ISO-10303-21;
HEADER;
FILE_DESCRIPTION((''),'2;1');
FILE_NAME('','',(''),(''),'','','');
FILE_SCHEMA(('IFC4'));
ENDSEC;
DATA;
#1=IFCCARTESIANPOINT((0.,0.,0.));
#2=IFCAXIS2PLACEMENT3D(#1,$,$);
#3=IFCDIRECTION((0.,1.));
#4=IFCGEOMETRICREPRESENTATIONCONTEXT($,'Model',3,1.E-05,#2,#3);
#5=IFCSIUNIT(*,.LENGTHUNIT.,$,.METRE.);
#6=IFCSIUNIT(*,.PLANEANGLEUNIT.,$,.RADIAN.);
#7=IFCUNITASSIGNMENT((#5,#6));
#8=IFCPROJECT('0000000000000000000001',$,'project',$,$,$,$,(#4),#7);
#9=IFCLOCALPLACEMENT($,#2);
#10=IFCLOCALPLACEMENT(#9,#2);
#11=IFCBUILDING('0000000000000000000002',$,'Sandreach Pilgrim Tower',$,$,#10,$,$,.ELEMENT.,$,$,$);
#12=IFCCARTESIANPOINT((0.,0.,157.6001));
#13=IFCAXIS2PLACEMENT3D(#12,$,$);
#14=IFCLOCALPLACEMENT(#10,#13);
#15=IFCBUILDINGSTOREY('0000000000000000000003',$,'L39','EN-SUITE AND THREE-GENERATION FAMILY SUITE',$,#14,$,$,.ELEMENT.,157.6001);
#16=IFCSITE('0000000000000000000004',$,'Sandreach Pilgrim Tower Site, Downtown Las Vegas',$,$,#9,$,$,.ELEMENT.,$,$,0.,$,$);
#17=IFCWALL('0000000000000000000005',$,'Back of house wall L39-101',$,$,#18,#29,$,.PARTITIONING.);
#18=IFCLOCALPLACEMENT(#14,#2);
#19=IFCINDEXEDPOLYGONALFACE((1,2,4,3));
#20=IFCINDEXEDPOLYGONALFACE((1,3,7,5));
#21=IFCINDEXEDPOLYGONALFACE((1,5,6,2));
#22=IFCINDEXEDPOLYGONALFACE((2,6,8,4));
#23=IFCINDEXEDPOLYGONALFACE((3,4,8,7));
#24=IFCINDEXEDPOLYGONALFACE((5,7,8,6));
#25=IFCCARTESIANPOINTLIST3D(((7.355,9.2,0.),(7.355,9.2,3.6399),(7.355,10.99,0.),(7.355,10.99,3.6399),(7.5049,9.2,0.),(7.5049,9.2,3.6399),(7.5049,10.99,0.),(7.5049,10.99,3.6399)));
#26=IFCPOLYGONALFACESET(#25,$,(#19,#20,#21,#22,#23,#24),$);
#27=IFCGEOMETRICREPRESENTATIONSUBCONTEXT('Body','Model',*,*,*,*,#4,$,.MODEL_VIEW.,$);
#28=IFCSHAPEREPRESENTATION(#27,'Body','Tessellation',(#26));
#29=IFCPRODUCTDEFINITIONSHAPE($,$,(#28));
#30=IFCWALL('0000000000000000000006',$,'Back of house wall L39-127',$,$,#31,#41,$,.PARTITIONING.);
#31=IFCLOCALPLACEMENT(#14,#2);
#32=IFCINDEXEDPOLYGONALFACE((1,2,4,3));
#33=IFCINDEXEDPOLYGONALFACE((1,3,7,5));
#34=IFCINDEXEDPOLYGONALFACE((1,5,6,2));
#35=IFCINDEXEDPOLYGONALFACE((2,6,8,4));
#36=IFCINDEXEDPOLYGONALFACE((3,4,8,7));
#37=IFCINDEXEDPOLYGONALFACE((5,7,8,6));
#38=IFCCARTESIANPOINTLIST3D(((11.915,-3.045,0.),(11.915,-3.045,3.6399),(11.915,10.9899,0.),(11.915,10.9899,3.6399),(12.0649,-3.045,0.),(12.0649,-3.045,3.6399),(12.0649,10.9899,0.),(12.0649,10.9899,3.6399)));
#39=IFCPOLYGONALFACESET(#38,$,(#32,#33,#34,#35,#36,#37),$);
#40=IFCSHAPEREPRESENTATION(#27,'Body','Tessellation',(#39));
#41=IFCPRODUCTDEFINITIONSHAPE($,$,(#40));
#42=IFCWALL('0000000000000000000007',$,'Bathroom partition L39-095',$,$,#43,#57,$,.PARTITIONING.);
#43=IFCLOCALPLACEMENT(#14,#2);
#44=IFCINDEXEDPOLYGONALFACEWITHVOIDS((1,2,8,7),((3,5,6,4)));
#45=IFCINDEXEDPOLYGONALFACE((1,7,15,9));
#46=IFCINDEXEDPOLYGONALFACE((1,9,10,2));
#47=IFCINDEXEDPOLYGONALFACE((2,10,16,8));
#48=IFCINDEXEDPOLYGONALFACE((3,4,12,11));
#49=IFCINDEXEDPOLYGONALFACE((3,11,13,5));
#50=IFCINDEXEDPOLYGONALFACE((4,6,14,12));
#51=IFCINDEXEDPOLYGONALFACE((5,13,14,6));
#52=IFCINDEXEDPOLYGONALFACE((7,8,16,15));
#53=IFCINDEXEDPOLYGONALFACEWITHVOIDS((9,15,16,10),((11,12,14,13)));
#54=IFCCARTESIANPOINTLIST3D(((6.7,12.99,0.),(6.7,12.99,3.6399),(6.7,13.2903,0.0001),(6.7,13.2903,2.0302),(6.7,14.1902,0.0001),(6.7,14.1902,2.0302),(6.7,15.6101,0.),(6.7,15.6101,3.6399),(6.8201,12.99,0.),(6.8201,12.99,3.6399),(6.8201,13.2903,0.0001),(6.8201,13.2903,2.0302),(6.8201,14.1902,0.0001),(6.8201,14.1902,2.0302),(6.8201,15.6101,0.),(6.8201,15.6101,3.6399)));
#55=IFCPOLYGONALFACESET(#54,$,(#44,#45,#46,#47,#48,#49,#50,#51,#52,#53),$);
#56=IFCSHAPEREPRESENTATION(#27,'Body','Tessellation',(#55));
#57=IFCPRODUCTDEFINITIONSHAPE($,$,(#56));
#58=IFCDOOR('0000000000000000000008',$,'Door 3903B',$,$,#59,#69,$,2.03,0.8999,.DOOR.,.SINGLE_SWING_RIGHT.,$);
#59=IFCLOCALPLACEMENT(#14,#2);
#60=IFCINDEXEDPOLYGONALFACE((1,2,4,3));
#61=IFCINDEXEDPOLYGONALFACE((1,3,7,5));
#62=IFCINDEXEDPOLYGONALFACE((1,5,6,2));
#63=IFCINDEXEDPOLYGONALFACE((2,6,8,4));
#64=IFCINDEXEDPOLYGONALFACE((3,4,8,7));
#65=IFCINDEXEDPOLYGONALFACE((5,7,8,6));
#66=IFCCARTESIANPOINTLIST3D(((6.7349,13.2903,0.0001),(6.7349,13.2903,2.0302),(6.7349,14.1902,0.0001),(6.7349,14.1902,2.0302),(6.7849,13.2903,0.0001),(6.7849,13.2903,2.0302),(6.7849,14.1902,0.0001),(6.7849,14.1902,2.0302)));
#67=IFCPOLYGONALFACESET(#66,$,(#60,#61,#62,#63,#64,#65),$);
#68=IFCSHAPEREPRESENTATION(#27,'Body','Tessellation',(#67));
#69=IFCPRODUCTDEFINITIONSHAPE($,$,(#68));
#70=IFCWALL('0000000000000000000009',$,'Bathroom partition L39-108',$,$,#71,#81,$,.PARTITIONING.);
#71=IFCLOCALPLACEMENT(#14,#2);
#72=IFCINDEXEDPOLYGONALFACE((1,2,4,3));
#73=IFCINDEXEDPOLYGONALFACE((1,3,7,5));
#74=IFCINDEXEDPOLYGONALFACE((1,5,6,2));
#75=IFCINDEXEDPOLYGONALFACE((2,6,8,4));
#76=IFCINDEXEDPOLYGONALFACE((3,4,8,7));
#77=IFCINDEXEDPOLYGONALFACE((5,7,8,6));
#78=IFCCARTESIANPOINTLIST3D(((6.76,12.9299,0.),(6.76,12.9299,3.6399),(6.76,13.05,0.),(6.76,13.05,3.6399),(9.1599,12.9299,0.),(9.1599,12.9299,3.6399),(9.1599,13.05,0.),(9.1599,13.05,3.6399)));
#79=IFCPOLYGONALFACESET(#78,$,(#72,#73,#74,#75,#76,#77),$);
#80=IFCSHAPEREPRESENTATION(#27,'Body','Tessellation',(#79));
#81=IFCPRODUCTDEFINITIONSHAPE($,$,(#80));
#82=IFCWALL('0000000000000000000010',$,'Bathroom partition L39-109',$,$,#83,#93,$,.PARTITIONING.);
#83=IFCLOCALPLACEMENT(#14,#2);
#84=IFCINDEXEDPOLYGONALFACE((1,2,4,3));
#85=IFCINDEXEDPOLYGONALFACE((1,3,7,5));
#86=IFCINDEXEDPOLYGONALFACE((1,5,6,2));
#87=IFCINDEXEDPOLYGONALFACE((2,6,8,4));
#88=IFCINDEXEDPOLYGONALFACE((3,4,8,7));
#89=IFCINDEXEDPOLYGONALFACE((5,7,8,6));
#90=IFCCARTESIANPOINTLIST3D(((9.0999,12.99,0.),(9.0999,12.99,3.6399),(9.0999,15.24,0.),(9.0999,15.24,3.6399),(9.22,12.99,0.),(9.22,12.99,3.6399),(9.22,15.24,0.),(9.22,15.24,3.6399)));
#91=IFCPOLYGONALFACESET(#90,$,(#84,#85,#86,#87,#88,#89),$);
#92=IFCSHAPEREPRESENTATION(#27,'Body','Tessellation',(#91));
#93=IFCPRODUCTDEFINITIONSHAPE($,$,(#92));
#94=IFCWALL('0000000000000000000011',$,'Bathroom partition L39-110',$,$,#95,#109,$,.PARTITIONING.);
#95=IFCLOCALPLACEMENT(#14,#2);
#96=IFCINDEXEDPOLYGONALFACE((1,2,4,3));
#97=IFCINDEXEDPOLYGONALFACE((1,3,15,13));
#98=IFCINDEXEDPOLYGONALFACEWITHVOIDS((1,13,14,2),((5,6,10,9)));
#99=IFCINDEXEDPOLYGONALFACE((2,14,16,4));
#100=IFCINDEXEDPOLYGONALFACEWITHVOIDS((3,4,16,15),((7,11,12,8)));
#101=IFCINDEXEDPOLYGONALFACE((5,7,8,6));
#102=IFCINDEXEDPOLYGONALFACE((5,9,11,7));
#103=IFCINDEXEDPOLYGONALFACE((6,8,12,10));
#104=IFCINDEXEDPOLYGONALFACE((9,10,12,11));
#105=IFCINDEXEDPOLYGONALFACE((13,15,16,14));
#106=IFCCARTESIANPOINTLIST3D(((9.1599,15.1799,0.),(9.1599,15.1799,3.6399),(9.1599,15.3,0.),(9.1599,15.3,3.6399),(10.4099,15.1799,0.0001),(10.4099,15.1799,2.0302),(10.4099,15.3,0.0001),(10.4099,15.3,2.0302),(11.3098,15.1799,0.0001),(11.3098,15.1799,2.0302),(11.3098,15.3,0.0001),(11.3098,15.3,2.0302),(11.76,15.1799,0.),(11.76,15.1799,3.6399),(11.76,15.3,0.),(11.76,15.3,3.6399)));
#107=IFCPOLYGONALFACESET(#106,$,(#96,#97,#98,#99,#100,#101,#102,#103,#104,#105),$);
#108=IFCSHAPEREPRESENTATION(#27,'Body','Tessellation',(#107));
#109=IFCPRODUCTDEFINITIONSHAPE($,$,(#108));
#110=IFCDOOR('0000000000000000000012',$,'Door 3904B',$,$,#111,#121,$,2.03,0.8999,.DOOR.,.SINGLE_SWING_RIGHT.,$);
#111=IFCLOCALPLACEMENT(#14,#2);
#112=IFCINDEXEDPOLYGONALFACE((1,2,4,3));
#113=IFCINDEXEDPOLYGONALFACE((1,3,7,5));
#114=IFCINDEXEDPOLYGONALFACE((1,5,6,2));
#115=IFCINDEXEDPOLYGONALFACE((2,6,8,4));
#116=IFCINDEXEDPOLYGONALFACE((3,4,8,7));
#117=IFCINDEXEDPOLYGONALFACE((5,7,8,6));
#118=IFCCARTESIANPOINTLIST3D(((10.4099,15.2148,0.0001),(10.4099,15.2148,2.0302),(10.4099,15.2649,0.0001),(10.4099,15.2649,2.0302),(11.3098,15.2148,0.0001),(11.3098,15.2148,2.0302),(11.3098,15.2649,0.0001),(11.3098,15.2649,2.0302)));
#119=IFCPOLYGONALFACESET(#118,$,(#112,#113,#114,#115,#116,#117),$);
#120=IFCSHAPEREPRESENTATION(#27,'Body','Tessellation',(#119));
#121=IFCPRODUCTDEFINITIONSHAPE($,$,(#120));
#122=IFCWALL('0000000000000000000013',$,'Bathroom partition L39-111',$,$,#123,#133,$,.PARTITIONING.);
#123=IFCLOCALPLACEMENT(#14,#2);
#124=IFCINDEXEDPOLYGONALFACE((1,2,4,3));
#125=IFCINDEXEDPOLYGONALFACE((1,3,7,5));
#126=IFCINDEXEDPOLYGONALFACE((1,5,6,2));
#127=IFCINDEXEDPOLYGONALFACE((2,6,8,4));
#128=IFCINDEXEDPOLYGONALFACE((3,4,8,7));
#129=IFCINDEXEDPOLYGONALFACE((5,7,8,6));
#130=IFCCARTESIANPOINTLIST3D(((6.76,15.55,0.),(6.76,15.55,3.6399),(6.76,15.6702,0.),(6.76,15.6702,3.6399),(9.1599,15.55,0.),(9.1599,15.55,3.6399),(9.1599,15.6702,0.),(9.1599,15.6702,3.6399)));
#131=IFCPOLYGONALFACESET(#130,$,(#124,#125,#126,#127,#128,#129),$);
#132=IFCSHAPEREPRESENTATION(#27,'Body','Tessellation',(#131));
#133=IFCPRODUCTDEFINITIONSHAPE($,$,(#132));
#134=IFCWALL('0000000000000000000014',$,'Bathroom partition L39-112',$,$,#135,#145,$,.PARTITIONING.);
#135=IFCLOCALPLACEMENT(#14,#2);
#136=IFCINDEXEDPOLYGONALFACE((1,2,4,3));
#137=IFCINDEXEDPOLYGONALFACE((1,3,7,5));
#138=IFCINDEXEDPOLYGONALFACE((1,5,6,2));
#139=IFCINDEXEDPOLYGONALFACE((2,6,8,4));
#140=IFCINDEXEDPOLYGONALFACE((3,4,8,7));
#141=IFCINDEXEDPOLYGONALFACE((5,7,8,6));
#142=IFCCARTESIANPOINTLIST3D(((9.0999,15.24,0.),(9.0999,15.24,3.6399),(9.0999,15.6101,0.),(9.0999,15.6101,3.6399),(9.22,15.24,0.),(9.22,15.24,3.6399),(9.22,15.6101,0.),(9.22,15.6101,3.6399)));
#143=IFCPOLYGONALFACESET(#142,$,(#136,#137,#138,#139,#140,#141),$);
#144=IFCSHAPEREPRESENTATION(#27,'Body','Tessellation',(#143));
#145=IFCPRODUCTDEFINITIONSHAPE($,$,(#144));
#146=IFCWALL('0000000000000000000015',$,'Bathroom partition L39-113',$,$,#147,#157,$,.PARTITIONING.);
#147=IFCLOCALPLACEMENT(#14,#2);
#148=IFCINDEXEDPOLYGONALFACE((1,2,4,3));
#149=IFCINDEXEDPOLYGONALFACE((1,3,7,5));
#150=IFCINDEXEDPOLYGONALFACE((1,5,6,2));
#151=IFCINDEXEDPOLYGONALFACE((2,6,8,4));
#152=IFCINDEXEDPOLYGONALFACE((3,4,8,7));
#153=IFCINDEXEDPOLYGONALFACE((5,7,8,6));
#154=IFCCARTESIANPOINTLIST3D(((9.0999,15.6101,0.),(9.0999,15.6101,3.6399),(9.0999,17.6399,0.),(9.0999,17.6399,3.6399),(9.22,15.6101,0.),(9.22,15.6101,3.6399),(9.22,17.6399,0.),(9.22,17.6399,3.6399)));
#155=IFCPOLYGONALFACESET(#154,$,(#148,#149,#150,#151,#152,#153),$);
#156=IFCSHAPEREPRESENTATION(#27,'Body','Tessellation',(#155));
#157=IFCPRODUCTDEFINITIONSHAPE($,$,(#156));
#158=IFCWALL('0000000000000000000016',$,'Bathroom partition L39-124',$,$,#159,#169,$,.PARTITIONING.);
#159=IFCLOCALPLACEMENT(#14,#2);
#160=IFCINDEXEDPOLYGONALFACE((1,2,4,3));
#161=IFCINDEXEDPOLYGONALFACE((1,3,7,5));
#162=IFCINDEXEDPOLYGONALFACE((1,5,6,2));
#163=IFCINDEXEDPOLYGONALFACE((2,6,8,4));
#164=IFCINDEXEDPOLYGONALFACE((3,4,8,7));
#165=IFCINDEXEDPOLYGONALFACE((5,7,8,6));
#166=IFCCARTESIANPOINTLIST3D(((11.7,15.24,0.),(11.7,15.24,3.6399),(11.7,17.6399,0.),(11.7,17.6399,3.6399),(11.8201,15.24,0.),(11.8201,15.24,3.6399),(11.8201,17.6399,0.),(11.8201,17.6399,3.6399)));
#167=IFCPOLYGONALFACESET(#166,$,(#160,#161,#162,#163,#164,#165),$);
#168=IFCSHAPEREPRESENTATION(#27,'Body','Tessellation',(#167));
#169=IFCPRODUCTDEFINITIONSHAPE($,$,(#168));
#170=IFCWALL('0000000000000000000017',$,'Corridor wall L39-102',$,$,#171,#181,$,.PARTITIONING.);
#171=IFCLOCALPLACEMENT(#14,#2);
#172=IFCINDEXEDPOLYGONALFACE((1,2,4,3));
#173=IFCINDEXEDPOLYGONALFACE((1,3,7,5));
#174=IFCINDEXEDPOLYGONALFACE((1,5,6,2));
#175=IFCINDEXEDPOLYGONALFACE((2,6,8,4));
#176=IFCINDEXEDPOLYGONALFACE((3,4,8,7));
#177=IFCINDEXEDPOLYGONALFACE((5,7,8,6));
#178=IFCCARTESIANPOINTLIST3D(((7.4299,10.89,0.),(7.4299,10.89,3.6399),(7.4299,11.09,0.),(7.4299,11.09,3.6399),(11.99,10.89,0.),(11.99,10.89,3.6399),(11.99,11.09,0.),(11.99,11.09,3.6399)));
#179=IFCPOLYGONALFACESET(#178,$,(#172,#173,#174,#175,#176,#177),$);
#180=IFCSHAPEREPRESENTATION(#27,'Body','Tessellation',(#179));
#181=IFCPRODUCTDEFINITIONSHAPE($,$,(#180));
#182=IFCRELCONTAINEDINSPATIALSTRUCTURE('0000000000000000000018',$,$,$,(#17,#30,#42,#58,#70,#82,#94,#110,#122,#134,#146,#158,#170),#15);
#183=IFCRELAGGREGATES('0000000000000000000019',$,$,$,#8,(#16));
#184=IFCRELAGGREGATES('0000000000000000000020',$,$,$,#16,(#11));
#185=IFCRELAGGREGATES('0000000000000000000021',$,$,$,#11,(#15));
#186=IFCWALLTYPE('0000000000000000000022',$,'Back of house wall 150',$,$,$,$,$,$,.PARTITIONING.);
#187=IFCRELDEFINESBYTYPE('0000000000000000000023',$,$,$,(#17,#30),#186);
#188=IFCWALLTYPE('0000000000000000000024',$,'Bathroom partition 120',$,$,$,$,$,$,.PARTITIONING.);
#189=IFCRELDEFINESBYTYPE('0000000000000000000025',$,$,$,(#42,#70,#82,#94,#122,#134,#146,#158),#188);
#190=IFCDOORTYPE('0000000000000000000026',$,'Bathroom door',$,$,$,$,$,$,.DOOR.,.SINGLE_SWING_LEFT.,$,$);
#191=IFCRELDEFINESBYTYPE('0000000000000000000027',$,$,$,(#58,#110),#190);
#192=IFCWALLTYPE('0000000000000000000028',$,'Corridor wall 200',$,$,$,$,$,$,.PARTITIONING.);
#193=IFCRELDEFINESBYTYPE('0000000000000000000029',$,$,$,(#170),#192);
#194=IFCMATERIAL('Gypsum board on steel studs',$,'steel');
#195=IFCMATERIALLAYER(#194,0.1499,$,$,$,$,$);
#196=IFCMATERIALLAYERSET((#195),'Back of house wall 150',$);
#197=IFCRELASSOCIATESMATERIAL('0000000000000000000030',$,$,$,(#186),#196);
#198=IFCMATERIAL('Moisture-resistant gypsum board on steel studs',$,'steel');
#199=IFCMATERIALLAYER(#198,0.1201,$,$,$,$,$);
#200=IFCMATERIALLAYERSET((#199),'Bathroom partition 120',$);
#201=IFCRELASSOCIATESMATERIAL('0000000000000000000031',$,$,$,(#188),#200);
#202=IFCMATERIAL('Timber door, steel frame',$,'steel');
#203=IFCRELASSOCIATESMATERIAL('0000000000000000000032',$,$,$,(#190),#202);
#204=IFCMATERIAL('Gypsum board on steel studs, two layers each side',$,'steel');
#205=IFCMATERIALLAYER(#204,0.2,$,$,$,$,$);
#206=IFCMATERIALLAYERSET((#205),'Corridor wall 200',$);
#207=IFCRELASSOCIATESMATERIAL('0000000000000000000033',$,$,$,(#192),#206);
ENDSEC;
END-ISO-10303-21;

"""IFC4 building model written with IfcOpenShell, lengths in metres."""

from ifc_helpers import new_model, si_unit, direction, frame, frame_2d, origin, place, context, subcontext, project, spatial, rectangle, extrude, material, layer, layer_set, type_object, element, fill, save


model = new_model("IFC4")

# Units and contexts
model_context = context("Model", 3, precision=1e-05, world=origin(), true_north=direction((0.0, 1.0)))
body_context = subcontext(model_context, "Body", "Model", "MODEL_VIEW")
ifc_project = project(units=[si_unit("LENGTHUNIT", "METRE"), si_unit("PLANEANGLEUNIT", "RADIAN")], contexts=[model_context])

# Site, building, storey
site_placement = place(None, origin())
site = spatial("IfcSite", under=ifc_project, at=site_placement, Name="Sandreach Pilgrim Tower Site, Downtown Las Vegas", CompositionType="ELEMENT", RefElevation=0.0)
building_placement = place(site_placement, origin())
building = spatial("IfcBuilding", under=site, at=building_placement, Name="Sandreach Pilgrim Tower", CompositionType="ELEMENT")
storey_placement = place(building_placement, frame((0.0, 0.0, 157.6001)))
storey = spatial("IfcBuildingStorey", under=building, at=storey_placement, Name="L39", Description="EN-SUITE AND THREE-GENERATION FAMILY SUITE", CompositionType="ELEMENT", Elevation=157.6001)

# Walls
ifc_material_1 = material(Name="Gypsum board on steel studs", Category="steel")
ifc_layer_1 = layer(ifc_material_1, 0.1499)
ifc_layer_set_1 = layer_set([ifc_layer_1], Name="Back of house wall 150")
wall_type_1 = type_object("IfcWallType", Name="Back of house wall 150", PredefinedType="PARTITIONING", material=ifc_layer_set_1)
wall_1_placement = place(storey_placement, frame((7.4299, 10.99, 0.0), z_axis=(0.0, 0.0, 1.0), x_axis=(0.0, -1.0, 0.0)))
element("IfcWall", 1, at=wall_1_placement, inside=storey, type_object=wall_type_1, Name="Back of house wall L39-101", PredefinedType="PARTITIONING", context=body_context, shape_type="SweptSolid", body=[
    extrude(rectangle(XDim=1.79, YDim=0.1499, at=frame_2d((0.895, 0.0))), origin(), (0.0, 0.0, 1.0), 3.6399),
])
wall_2_placement = place(storey_placement, frame((11.99, 10.99, 0.0), z_axis=(0.0, 0.0, 1.0), x_axis=(0.0, -1.0, 0.0)))
element("IfcWall", 2, at=wall_2_placement, inside=storey, type_object=wall_type_1, Name="Back of house wall L39-127", PredefinedType="PARTITIONING", context=body_context, shape_type="SweptSolid", body=[
    extrude(rectangle(XDim=14.0349, YDim=0.1499, at=frame_2d((7.0176, 0.0))), origin(), (0.0, 0.0, 1.0), 3.6399),
])

# Wall, opening, door
ifc_material_2 = material(Name="Moisture-resistant gypsum board on steel studs", Category="steel")
ifc_layer_2 = layer(ifc_material_2, 0.1201)
ifc_layer_set_2 = layer_set([ifc_layer_2], Name="Bathroom partition 120")
wall_type_2 = type_object("IfcWallType", Name="Bathroom partition 120", PredefinedType="PARTITIONING", material=ifc_layer_set_2)
wall_3_placement = place(storey_placement, frame((6.76, 15.6101, 0.0), z_axis=(0.0, 0.0, 1.0), x_axis=(0.0, -1.0, 0.0)))
wall_3 = element("IfcWall", 3, at=wall_3_placement, inside=storey, type_object=wall_type_2, Name="Bathroom partition L39-095", PredefinedType="PARTITIONING", context=body_context, shape_type="SweptSolid", body=[
    extrude(rectangle(XDim=2.6201, YDim=0.1201, at=frame_2d((1.3101, 0.0))), origin(), (0.0, 0.0, 1.0), 3.6399),
])
opening_1_placement = place(wall_3_placement, frame((1.4199, 0.0, 0.0)))
opening_1 = element("IfcOpeningElement", 4, at=opening_1_placement, cuts=wall_3, PredefinedType="OPENING", context=body_context, shape_type="SweptSolid", body=[
    extrude(rectangle(XDim=0.8999, YDim=2.03, at=frame_2d((0.45, 1.0151))), frame((0.0, 0.0601, 0.0), z_axis=(0.0, -1.0, 0.0), x_axis=(1.0, 0.0, 0.0)), (0.0, 0.0, 1.0), 0.1201),
])
ifc_material_3 = material(Name="Timber door, steel frame", Category="steel")
door_type_1 = type_object("IfcDoorType", Name="Bathroom door", OperationType="SINGLE_SWING_LEFT", PredefinedType="DOOR", material=ifc_material_3)
door_1_placement = place(opening_1_placement, origin())
door_1 = element("IfcDoor", 5, at=door_1_placement, inside=storey, type_object=door_type_1, Name="Door 3903B", OperationType="SINGLE_SWING_RIGHT", OverallHeight=2.03, OverallWidth=0.8999, PredefinedType="DOOR", context=body_context, shape_type="SweptSolid", body=[
    extrude(rectangle(XDim=0.8999, YDim=2.03, at=frame_2d((0.45, 1.0151))), frame((0.0, 0.0249, 0.0), z_axis=(0.0, -1.0, 0.0), x_axis=(1.0, 0.0, 0.0)), (0.0, 0.0, 1.0), 0.05),
])
fill(opening_1, door_1)

# Walls
wall_4_placement = place(storey_placement, frame((9.1599, 12.99, 0.0), z_axis=(0.0, 0.0, 1.0), x_axis=(-1.0, 0.0, 0.0)))
element("IfcWall", 6, at=wall_4_placement, inside=storey, type_object=wall_type_2, Name="Bathroom partition L39-108", PredefinedType="PARTITIONING", context=body_context, shape_type="SweptSolid", body=[
    extrude(rectangle(XDim=2.3999, YDim=0.1201, at=frame_2d((1.2, 0.0))), origin(), (0.0, 0.0, 1.0), 3.6399),
])
wall_5_placement = place(storey_placement, frame((9.1599, 15.24, 0.0), z_axis=(0.0, 0.0, 1.0), x_axis=(0.0, -1.0, 0.0)))
element("IfcWall", 7, at=wall_5_placement, inside=storey, type_object=wall_type_2, Name="Bathroom partition L39-109", PredefinedType="PARTITIONING", context=body_context, shape_type="SweptSolid", body=[
    extrude(rectangle(XDim=2.25, YDim=0.1201, at=frame_2d((1.125, 0.0))), origin(), (0.0, 0.0, 1.0), 3.6399),
])

# Wall, opening, door
wall_6_placement = place(storey_placement, frame((9.1599, 15.24, 0.0), z_axis=(0.0, 0.0, 1.0), x_axis=(1.0, 0.0, 0.0)))
wall_6 = element("IfcWall", 8, at=wall_6_placement, inside=storey, type_object=wall_type_2, Name="Bathroom partition L39-110", PredefinedType="PARTITIONING", context=body_context, shape_type="SweptSolid", body=[
    extrude(rectangle(XDim=2.6001, YDim=0.1201, at=frame_2d((1.3, 0.0))), origin(), (0.0, 0.0, 1.0), 3.6399),
])
opening_2_placement = place(wall_6_placement, frame((1.25, 0.0, 0.0)))
opening_2 = element("IfcOpeningElement", 9, at=opening_2_placement, cuts=wall_6, PredefinedType="OPENING", context=body_context, shape_type="SweptSolid", body=[
    extrude(rectangle(XDim=0.8999, YDim=2.03, at=frame_2d((0.45, 1.0151))), frame((0.0, 0.0601, 0.0), z_axis=(0.0, -1.0, 0.0), x_axis=(1.0, 0.0, 0.0)), (0.0, 0.0, 1.0), 0.1201),
])
door_2_placement = place(opening_2_placement, origin())
door_2 = element("IfcDoor", 10, at=door_2_placement, inside=storey, type_object=door_type_1, Name="Door 3904B", OperationType="SINGLE_SWING_RIGHT", OverallHeight=2.03, OverallWidth=0.8999, PredefinedType="DOOR", context=body_context, shape_type="SweptSolid", body=[
    extrude(rectangle(XDim=0.8999, YDim=2.03, at=frame_2d((0.45, 1.0151))), frame((0.0, 0.0249, 0.0), z_axis=(0.0, -1.0, 0.0), x_axis=(1.0, 0.0, 0.0)), (0.0, 0.0, 1.0), 0.05),
])
fill(opening_2, door_2)

# Walls
wall_7_placement = place(storey_placement, frame((9.1599, 15.6101, 0.0), z_axis=(0.0, 0.0, 1.0), x_axis=(-1.0, 0.0, 0.0)))
element("IfcWall", 11, at=wall_7_placement, inside=storey, type_object=wall_type_2, Name="Bathroom partition L39-111", PredefinedType="PARTITIONING", context=body_context, shape_type="SweptSolid", body=[
    extrude(rectangle(XDim=2.3999, YDim=0.1201, at=frame_2d((1.2, 0.0))), origin(), (0.0, 0.0, 1.0), 3.6399),
])
wall_8_placement = place(storey_placement, frame((9.1599, 15.6101, 0.0), z_axis=(0.0, 0.0, 1.0), x_axis=(0.0, -1.0, 0.0)))
element("IfcWall", 12, at=wall_8_placement, inside=storey, type_object=wall_type_2, Name="Bathroom partition L39-112", PredefinedType="PARTITIONING", context=body_context, shape_type="SweptSolid", body=[
    extrude(rectangle(XDim=0.3701, YDim=0.1201, at=frame_2d((0.1851, 0.0))), origin(), (0.0, 0.0, 1.0), 3.6399),
])
wall_9_placement = place(storey_placement, frame((9.1599, 17.6399, 0.0), z_axis=(0.0, 0.0, 1.0), x_axis=(0.0, -1.0, 0.0)))
element("IfcWall", 13, at=wall_9_placement, inside=storey, type_object=wall_type_2, Name="Bathroom partition L39-113", PredefinedType="PARTITIONING", context=body_context, shape_type="SweptSolid", body=[
    extrude(rectangle(XDim=2.0298, YDim=0.1201, at=frame_2d((1.0149, 0.0))), origin(), (0.0, 0.0, 1.0), 3.6399),
])
wall_10_placement = place(storey_placement, frame((11.76, 15.24, 0.0), z_axis=(0.0, 0.0, 1.0), x_axis=(0.0, 1.0, 0.0)))
element("IfcWall", 14, at=wall_10_placement, inside=storey, type_object=wall_type_2, Name="Bathroom partition L39-124", PredefinedType="PARTITIONING", context=body_context, shape_type="SweptSolid", body=[
    extrude(rectangle(XDim=2.3999, YDim=0.1201, at=frame_2d((1.2, 0.0))), origin(), (0.0, 0.0, 1.0), 3.6399),
])

# Shared definitions
ifc_material_4 = material(Name="Gypsum board on steel studs, two layers each side", Category="steel")
ifc_layer_3 = layer(ifc_material_4, 0.2)
ifc_layer_set_3 = layer_set([ifc_layer_3], Name="Corridor wall 200")
wall_type_3 = type_object("IfcWallType", Name="Corridor wall 200", PredefinedType="PARTITIONING", material=ifc_layer_set_3)

# Wall
wall_11_placement = place(storey_placement, frame((7.4299, 10.99, 0.0), z_axis=(0.0, 0.0, 1.0), x_axis=(1.0, 0.0, 0.0)))
element("IfcWall", 15, at=wall_11_placement, inside=storey, type_object=wall_type_3, Name="Corridor wall L39-102", PredefinedType="PARTITIONING", context=body_context, shape_type="SweptSolid", body=[
    extrude(rectangle(XDim=4.5601, YDim=0.2, at=frame_2d((2.28, 0.0))), origin(), (0.0, 0.0, 1.0), 3.6399),
])

save(model, "model.ifc")
